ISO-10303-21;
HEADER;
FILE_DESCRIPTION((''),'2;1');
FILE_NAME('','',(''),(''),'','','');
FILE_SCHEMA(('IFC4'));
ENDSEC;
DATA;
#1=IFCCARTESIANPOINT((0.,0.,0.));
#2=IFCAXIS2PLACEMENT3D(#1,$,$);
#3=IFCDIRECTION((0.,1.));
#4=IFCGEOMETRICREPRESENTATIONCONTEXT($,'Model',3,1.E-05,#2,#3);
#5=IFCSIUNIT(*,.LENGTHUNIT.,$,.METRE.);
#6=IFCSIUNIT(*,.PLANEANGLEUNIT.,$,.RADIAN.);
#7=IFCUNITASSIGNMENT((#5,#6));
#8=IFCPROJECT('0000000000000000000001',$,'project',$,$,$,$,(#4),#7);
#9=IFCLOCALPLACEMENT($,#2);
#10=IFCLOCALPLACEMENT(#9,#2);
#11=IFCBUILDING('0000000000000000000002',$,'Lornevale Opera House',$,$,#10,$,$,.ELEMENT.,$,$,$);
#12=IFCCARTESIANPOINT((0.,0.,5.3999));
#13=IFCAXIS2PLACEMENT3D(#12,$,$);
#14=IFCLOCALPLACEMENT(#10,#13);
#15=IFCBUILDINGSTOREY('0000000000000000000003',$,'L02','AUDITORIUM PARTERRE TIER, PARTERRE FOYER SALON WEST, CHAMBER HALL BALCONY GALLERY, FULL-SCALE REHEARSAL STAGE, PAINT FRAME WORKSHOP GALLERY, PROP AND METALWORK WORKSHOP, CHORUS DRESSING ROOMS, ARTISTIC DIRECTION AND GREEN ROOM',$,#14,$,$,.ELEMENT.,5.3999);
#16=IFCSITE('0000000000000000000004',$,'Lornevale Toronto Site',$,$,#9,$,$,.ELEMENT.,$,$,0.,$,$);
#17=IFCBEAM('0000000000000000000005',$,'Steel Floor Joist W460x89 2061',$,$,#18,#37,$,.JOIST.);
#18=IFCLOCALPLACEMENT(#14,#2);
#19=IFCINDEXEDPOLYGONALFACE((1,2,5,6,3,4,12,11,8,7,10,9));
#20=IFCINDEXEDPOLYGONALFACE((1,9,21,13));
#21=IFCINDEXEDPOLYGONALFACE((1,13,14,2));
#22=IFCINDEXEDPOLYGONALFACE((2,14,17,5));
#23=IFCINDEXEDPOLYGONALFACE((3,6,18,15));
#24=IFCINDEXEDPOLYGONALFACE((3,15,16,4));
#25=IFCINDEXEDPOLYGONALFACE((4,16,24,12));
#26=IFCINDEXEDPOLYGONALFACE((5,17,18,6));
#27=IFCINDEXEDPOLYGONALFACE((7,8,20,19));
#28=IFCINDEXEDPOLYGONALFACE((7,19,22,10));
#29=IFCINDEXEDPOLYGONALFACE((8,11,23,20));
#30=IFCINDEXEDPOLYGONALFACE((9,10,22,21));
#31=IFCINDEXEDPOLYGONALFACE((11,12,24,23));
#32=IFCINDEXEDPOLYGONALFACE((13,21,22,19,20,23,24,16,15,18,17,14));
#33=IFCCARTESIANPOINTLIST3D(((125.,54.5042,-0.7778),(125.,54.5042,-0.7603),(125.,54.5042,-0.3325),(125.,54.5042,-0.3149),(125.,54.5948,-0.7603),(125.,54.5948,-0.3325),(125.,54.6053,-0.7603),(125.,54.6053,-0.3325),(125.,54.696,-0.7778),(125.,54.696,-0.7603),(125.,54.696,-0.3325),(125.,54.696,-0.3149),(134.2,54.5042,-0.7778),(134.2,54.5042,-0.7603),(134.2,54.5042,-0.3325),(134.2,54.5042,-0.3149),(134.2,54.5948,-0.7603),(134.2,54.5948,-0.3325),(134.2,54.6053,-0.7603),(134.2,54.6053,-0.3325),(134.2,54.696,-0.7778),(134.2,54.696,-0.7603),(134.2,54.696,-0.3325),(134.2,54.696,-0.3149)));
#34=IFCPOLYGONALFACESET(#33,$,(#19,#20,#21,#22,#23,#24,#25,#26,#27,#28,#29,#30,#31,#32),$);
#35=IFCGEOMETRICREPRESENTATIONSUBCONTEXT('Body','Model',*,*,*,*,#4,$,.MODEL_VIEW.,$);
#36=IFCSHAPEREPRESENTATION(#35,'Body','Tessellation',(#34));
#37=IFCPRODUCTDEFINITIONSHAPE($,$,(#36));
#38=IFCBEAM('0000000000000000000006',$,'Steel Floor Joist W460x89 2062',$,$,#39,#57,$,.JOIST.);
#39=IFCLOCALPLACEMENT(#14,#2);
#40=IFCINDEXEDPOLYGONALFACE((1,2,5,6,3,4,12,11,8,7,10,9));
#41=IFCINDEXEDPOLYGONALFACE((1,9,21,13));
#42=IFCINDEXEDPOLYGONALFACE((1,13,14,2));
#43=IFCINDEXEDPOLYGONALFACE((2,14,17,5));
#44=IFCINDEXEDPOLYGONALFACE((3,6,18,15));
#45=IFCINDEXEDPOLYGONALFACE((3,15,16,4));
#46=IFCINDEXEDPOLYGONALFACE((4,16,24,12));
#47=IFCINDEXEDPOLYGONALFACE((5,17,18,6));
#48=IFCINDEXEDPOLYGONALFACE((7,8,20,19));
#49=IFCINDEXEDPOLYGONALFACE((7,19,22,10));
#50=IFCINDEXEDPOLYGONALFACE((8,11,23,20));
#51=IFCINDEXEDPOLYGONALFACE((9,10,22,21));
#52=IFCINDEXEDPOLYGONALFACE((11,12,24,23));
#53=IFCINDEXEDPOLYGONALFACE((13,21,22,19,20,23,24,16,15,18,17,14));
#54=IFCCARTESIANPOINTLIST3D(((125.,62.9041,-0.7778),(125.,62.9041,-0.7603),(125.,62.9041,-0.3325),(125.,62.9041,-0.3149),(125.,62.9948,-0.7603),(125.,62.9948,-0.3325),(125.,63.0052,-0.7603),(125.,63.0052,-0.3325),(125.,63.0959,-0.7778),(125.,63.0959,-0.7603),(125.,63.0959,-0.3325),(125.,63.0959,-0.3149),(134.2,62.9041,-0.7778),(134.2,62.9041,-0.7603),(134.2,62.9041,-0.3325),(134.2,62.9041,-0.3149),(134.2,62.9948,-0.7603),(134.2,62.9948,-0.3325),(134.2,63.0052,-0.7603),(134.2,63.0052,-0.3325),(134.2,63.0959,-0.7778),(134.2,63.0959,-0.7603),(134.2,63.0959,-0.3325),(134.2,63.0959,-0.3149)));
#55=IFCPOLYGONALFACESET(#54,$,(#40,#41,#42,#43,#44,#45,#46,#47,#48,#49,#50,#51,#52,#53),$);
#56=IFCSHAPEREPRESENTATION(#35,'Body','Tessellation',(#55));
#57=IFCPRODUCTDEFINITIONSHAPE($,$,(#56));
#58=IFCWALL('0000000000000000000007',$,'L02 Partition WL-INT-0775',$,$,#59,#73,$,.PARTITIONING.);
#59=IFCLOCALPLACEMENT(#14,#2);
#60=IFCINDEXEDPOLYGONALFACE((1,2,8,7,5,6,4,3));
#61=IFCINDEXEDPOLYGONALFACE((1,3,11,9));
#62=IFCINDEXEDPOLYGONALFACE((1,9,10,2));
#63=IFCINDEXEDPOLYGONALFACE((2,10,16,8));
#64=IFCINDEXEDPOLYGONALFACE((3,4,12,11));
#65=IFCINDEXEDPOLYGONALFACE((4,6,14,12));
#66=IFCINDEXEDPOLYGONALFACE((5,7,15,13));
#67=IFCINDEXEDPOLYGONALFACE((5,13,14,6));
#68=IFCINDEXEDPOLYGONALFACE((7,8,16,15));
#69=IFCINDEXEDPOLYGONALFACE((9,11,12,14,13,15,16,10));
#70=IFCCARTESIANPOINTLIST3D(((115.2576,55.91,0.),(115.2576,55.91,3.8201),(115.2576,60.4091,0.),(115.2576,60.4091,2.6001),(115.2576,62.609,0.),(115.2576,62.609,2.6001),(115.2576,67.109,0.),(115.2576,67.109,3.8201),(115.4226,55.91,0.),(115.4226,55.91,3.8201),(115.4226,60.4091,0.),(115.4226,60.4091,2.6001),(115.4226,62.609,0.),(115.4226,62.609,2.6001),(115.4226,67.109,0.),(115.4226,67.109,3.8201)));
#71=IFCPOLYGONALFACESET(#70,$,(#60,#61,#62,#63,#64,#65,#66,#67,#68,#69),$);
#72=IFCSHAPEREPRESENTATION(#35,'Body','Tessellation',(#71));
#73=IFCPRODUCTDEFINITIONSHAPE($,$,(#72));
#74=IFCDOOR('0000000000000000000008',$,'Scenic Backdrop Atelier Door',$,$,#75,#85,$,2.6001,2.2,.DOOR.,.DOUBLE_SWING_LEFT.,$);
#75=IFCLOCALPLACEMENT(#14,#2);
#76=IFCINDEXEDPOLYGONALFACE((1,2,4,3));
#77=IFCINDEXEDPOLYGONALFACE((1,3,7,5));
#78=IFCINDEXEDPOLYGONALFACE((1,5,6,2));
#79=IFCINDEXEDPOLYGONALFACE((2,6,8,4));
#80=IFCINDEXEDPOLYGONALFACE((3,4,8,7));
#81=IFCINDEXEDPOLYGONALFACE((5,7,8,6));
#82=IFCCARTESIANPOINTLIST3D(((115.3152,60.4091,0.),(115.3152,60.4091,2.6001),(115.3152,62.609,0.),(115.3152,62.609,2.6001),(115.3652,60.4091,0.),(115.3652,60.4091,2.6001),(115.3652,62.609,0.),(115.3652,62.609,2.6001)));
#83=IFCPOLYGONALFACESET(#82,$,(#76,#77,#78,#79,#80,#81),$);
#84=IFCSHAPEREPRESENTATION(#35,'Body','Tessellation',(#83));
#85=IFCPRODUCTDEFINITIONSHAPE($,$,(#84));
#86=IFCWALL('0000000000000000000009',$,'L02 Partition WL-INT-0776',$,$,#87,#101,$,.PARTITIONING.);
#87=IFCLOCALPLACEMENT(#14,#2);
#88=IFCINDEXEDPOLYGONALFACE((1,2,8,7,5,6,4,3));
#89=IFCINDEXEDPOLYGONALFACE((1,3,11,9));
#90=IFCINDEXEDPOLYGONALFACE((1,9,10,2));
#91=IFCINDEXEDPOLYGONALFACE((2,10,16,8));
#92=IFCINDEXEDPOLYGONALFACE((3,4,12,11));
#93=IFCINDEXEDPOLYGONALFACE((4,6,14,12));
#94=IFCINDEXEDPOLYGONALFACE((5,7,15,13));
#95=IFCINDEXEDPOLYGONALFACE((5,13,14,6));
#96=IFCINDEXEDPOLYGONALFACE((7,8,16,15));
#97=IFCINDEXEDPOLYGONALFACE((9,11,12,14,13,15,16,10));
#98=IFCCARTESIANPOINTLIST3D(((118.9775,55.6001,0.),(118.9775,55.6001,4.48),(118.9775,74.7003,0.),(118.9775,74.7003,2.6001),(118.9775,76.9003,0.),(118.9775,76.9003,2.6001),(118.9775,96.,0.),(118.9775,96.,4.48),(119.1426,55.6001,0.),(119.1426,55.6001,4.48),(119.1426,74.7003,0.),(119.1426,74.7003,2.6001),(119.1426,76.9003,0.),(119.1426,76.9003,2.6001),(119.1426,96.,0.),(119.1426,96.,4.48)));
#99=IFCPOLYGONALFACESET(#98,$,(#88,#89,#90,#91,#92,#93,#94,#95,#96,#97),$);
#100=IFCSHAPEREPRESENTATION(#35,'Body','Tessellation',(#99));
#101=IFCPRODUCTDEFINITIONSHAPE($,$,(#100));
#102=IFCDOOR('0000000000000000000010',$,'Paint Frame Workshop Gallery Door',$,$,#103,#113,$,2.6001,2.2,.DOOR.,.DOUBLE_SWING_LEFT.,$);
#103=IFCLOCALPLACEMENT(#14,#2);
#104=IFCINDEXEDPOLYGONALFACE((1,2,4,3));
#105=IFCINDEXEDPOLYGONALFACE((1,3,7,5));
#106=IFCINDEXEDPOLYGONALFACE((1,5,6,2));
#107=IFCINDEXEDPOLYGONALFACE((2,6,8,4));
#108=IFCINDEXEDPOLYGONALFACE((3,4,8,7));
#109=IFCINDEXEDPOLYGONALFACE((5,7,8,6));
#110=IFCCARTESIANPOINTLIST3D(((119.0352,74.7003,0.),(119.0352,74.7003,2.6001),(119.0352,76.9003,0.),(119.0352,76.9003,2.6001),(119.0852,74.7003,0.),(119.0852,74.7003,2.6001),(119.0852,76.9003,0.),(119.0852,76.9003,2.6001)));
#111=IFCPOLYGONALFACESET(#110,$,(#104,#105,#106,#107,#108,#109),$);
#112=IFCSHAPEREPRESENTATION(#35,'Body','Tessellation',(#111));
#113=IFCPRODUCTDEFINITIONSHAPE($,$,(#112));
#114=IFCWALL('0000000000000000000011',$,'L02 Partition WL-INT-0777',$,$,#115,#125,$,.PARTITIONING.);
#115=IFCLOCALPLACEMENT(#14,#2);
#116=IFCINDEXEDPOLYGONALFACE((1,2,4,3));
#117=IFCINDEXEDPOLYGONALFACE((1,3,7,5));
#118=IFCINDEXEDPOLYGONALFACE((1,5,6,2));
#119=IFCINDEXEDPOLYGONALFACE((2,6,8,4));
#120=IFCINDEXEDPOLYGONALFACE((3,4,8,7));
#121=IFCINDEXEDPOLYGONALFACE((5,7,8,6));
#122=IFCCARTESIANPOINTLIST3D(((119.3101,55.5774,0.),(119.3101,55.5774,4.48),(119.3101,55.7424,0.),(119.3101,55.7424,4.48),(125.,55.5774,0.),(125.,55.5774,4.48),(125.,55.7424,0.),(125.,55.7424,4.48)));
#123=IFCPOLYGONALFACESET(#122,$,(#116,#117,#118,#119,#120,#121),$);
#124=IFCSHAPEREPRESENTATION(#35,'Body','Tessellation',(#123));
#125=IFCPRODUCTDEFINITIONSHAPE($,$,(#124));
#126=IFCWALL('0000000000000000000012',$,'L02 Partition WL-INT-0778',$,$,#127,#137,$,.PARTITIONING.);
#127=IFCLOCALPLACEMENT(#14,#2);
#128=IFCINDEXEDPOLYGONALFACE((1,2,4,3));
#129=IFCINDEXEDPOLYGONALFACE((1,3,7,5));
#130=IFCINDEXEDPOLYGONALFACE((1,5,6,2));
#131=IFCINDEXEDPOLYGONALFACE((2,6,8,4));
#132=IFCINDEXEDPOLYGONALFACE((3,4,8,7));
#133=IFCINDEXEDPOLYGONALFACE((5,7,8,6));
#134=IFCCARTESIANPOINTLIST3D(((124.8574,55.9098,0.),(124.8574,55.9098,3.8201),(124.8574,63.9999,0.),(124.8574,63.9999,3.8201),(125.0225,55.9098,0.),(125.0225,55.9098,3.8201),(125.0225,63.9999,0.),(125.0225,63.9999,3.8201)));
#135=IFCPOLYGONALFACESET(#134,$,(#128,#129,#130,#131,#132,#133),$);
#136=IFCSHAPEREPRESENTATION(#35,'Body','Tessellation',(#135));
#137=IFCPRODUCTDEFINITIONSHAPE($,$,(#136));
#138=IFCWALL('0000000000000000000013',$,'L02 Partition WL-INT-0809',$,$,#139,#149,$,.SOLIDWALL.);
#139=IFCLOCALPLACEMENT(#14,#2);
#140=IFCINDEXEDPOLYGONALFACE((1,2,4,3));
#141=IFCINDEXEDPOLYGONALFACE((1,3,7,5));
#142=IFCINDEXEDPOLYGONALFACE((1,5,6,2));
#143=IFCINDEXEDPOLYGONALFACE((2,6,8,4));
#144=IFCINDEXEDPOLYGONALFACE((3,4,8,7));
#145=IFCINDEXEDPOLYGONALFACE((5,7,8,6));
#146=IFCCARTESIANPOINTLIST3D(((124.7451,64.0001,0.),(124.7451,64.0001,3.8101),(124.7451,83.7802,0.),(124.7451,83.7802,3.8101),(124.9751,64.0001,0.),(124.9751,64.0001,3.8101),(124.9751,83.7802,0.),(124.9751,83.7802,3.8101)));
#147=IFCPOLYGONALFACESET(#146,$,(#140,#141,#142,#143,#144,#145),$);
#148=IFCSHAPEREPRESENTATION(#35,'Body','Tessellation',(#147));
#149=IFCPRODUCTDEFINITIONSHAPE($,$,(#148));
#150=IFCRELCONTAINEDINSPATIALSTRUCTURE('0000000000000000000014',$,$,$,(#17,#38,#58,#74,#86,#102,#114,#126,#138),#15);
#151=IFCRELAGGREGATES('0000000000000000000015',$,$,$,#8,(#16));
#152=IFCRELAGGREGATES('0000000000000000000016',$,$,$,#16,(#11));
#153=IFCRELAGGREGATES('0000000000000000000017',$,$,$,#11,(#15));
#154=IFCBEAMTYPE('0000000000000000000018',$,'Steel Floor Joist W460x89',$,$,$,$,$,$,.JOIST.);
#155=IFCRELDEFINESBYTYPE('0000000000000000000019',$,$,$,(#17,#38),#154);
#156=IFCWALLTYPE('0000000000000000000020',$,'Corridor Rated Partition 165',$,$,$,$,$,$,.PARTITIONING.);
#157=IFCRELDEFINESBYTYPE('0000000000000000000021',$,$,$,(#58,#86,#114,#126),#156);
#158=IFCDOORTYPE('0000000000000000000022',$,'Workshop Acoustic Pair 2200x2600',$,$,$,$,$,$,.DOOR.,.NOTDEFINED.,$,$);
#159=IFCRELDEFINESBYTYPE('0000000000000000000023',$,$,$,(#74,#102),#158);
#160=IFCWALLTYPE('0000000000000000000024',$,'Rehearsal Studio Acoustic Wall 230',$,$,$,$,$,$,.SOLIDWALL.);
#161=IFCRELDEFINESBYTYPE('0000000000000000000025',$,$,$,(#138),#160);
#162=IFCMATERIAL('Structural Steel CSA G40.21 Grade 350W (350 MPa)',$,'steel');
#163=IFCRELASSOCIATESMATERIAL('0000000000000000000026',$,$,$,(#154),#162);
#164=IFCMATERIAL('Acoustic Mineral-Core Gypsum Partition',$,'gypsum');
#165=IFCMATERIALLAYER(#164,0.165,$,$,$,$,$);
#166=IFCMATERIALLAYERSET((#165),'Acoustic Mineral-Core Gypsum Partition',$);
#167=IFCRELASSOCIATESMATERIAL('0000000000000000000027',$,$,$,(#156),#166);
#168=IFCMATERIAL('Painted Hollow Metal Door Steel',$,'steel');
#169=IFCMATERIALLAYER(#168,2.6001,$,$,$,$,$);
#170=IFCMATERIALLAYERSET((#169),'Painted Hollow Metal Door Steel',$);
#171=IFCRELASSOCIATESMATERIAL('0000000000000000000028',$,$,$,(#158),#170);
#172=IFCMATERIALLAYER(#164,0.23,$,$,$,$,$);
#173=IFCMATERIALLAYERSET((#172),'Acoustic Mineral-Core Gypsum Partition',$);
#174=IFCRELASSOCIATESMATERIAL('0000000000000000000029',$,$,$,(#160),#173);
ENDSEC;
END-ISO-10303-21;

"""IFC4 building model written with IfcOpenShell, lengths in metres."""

from ifc_helpers import new_model, si_unit, direction, frame, frame_2d, origin, origin_2d, place, context, subcontext, project, spatial, rectangle, i_section, extrude, material, layer, layer_set, material_profile, profile_set, type_object, element, fill, save


model = new_model("IFC4")

# Units and contexts
model_context = context("Model", 3, precision=1e-05, world=origin(), true_north=direction((0.0, 1.0)))
body_context = subcontext(model_context, "Body", "Model", "MODEL_VIEW")
ifc_project = project(units=[si_unit("LENGTHUNIT", "METRE"), si_unit("PLANEANGLEUNIT", "RADIAN")], contexts=[model_context])

# Site, building, storey
site_placement = place(None, origin())
site = spatial("IfcSite", under=ifc_project, at=site_placement, Name="Lornevale Toronto Site", CompositionType="ELEMENT", RefElevation=0.0)
building_placement = place(site_placement, origin())
building = spatial("IfcBuilding", under=site, at=building_placement, Name="Lornevale Opera House", CompositionType="ELEMENT")
storey_placement = place(building_placement, frame((0.0, 0.0, 5.3999)))
storey = spatial("IfcBuildingStorey", under=building, at=storey_placement, Name="L02", Description="AUDITORIUM PARTERRE TIER, PARTERRE FOYER SALON WEST, CHAMBER HALL BALCONY GALLERY, FULL-SCALE REHEARSAL STAGE, PAINT FRAME WORKSHOP GALLERY, PROP AND METALWORK WORKSHOP, CHORUS DRESSING ROOMS, ARTISTIC DIRECTION AND GREEN ROOM", CompositionType="ELEMENT", Elevation=5.3999)

# Beams
ifc_material_1 = material(Name="Structural Steel CSA G40.21 Grade 350W (350 MPa)", Category="steel")
ifc_material_profile_1 = material_profile(ifc_material_1, i_section(OverallWidth=0.1919, OverallDepth=0.4629, WebThickness=0.0105, FlangeThickness=0.0176, at=origin_2d()), Name="W460x89")
ifc_profile_set_1 = profile_set([ifc_material_profile_1], Name="Structural Steel CSA G40.21 Grade 350W (350 MPa)")
beam_type_1 = type_object("IfcBeamType", Name="Steel Floor Joist W460x89", PredefinedType="JOIST", material=ifc_profile_set_1)
for number, where, z_axis, x_axis, name in (
    (1, (125.0, 54.6001, -0.5464), (1.0, 0.0, 0.0), (0.0, 1.0, 0.0), "Steel Floor Joist W460x89 2061"),
    (2, (125.0, 63.0, -0.5464), (1.0, 0.0, 0.0), (0.0, 1.0, 0.0), "Steel Floor Joist W460x89 2062"),
):
    element("IfcBeam", number, at=place(storey_placement, frame(where, z_axis=z_axis, x_axis=x_axis)), inside=storey, type_object=beam_type_1, Name=name, PredefinedType="JOIST", context=body_context, shape_type="SweptSolid", body=[
        extrude(i_section(OverallWidth=0.1919, OverallDepth=0.4629, WebThickness=0.0105, FlangeThickness=0.0176, at=origin_2d()), origin(), (0.0, 0.0, 1.0), 9.2),
    ])

# Walls, openings, doors
ifc_material_2 = material(Name="Acoustic Mineral-Core Gypsum Partition", Category="gypsum")
ifc_layer_1 = layer(ifc_material_2, 0.165)
ifc_layer_set_1 = layer_set([ifc_layer_1], Name="Acoustic Mineral-Core Gypsum Partition")
wall_type_1 = type_object("IfcWallType", Name="Corridor Rated Partition 165", PredefinedType="PARTITIONING", material=ifc_layer_set_1)
wall_1_placement = place(storey_placement, frame((115.3401, 55.9099, 0.0), z_axis=(0.0, 0.0, 1.0), x_axis=(0.0, 1.0, 0.0)))
wall_1 = element("IfcWall", 3, at=wall_1_placement, inside=storey, type_object=wall_type_1, Name="L02 Partition WL-INT-0775", PredefinedType="PARTITIONING", context=body_context, shape_type="SweptSolid", body=[
    extrude(rectangle(XDim=11.199, YDim=0.165, at=frame_2d((5.5996, 0.0))), origin(), (0.0, 0.0, 1.0), 3.8201),
])
opening_1_placement = place(wall_1_placement, frame((4.499, 0.0, 0.0)))
opening_1 = element("IfcOpeningElement", 4, at=opening_1_placement, cuts=wall_1, PredefinedType="OPENING", context=body_context, shape_type="SweptSolid", body=[
    extrude(rectangle(XDim=2.2, YDim=2.6001, at=frame_2d((1.1001, 1.3))), frame((0.0, 0.0925, 0.0), z_axis=(0.0, -1.0, 0.0), x_axis=(1.0, 0.0, 0.0)), (0.0, 0.0, 1.0), 0.1851),
])
ifc_material_3 = material(Name="Painted Hollow Metal Door Steel", Category="steel")
ifc_layer_2 = layer(ifc_material_3, 2.6001)
ifc_layer_set_2 = layer_set([ifc_layer_2], Name="Painted Hollow Metal Door Steel")
door_type_1 = type_object("IfcDoorType", Name="Workshop Acoustic Pair 2200x2600", OperationType="NOTDEFINED", PredefinedType="DOOR", material=ifc_layer_set_2)
door_1_placement = place(opening_1_placement, origin())
door_1 = element("IfcDoor", 5, at=door_1_placement, inside=storey, type_object=door_type_1, Name="Scenic Backdrop Atelier Door", OperationType="DOUBLE_SWING_LEFT", OverallHeight=2.6001, OverallWidth=2.2, PredefinedType="DOOR", context=body_context, shape_type="SweptSolid", body=[
    extrude(rectangle(XDim=2.2, YDim=2.6001, at=frame_2d((1.1001, 1.3))), frame((0.0, 0.0249, 0.0), z_axis=(0.0, -1.0, 0.0), x_axis=(1.0, 0.0, 0.0)), (0.0, 0.0, 1.0), 0.05),
])
fill(opening_1, door_1)
wall_2_placement = place(storey_placement, frame((119.0601, 55.6001, 0.0), z_axis=(0.0, 0.0, 1.0), x_axis=(0.0, 1.0, 0.0)))
wall_2 = element("IfcWall", 6, at=wall_2_placement, inside=storey, type_object=wall_type_1, Name="L02 Partition WL-INT-0776", PredefinedType="PARTITIONING", context=body_context, shape_type="SweptSolid", body=[
    extrude(rectangle(XDim=40.3999, YDim=0.165, at=frame_2d((20.2, 0.0))), origin(), (0.0, 0.0, 1.0), 4.48),
])
opening_2_placement = place(wall_2_placement, frame((19.1001, 0.0, 0.0)))
opening_2 = element("IfcOpeningElement", 7, at=opening_2_placement, cuts=wall_2, PredefinedType="OPENING", context=body_context, shape_type="SweptSolid", body=[
    extrude(rectangle(XDim=2.2, YDim=2.6001, at=frame_2d((1.1001, 1.3))), frame((0.0, 0.0925, 0.0), z_axis=(0.0, -1.0, 0.0), x_axis=(1.0, 0.0, 0.0)), (0.0, 0.0, 1.0), 0.1851),
])
door_2_placement = place(opening_2_placement, origin())
door_2 = element("IfcDoor", 8, at=door_2_placement, inside=storey, type_object=door_type_1, Name="Paint Frame Workshop Gallery Door", OperationType="DOUBLE_SWING_LEFT", OverallHeight=2.6001, OverallWidth=2.2, PredefinedType="DOOR", context=body_context, shape_type="SweptSolid", body=[
    extrude(rectangle(XDim=2.2, YDim=2.6001, at=frame_2d((1.1001, 1.3))), frame((0.0, 0.0249, 0.0), z_axis=(0.0, -1.0, 0.0), x_axis=(1.0, 0.0, 0.0)), (0.0, 0.0, 1.0), 0.05),
])
fill(opening_2, door_2)

# Walls
wall_3_placement = place(storey_placement, frame((119.3101, 55.6599, 0.0), z_axis=(0.0, 0.0, 1.0), x_axis=(1.0, 0.0, 0.0)))
element("IfcWall", 9, at=wall_3_placement, inside=storey, type_object=wall_type_1, Name="L02 Partition WL-INT-0777", PredefinedType="PARTITIONING", context=body_context, shape_type="SweptSolid", body=[
    extrude(rectangle(XDim=5.6899, YDim=0.165, at=frame_2d((2.845, 0.0))), origin(), (0.0, 0.0, 1.0), 4.48),
])
wall_4_placement = place(storey_placement, frame((124.9399, 55.9099, 0.0), z_axis=(0.0, 0.0, 1.0), x_axis=(0.0, 1.0, 0.0)))
element("IfcWall", 10, at=wall_4_placement, inside=storey, type_object=wall_type_1, Name="L02 Partition WL-INT-0778", PredefinedType="PARTITIONING", context=body_context, shape_type="SweptSolid", body=[
    extrude(rectangle(XDim=8.0901, YDim=0.165, at=frame_2d((4.0449, 0.0))), origin(), (0.0, 0.0, 1.0), 3.8201),
])

# Shared definitions
ifc_layer_3 = layer(ifc_material_2, 0.23)
ifc_layer_set_3 = layer_set([ifc_layer_3], Name="Acoustic Mineral-Core Gypsum Partition")
wall_type_2 = type_object("IfcWallType", Name="Rehearsal Studio Acoustic Wall 230", PredefinedType="SOLIDWALL", material=ifc_layer_set_3)

# Wall
wall_5_placement = place(storey_placement, frame((124.8601, 64.0, 0.0), z_axis=(0.0, 0.0, 1.0), x_axis=(0.0, 1.0, 0.0)))
element("IfcWall", 11, at=wall_5_placement, inside=storey, type_object=wall_type_2, Name="L02 Partition WL-INT-0809", PredefinedType="SOLIDWALL", context=body_context, shape_type="SweptSolid", body=[
    extrude(rectangle(XDim=19.78, YDim=0.23, at=frame_2d((9.8901, 0.0))), origin(), (0.0, 0.0, 1.0), 3.8101),
])

save(model, "model.ifc")
